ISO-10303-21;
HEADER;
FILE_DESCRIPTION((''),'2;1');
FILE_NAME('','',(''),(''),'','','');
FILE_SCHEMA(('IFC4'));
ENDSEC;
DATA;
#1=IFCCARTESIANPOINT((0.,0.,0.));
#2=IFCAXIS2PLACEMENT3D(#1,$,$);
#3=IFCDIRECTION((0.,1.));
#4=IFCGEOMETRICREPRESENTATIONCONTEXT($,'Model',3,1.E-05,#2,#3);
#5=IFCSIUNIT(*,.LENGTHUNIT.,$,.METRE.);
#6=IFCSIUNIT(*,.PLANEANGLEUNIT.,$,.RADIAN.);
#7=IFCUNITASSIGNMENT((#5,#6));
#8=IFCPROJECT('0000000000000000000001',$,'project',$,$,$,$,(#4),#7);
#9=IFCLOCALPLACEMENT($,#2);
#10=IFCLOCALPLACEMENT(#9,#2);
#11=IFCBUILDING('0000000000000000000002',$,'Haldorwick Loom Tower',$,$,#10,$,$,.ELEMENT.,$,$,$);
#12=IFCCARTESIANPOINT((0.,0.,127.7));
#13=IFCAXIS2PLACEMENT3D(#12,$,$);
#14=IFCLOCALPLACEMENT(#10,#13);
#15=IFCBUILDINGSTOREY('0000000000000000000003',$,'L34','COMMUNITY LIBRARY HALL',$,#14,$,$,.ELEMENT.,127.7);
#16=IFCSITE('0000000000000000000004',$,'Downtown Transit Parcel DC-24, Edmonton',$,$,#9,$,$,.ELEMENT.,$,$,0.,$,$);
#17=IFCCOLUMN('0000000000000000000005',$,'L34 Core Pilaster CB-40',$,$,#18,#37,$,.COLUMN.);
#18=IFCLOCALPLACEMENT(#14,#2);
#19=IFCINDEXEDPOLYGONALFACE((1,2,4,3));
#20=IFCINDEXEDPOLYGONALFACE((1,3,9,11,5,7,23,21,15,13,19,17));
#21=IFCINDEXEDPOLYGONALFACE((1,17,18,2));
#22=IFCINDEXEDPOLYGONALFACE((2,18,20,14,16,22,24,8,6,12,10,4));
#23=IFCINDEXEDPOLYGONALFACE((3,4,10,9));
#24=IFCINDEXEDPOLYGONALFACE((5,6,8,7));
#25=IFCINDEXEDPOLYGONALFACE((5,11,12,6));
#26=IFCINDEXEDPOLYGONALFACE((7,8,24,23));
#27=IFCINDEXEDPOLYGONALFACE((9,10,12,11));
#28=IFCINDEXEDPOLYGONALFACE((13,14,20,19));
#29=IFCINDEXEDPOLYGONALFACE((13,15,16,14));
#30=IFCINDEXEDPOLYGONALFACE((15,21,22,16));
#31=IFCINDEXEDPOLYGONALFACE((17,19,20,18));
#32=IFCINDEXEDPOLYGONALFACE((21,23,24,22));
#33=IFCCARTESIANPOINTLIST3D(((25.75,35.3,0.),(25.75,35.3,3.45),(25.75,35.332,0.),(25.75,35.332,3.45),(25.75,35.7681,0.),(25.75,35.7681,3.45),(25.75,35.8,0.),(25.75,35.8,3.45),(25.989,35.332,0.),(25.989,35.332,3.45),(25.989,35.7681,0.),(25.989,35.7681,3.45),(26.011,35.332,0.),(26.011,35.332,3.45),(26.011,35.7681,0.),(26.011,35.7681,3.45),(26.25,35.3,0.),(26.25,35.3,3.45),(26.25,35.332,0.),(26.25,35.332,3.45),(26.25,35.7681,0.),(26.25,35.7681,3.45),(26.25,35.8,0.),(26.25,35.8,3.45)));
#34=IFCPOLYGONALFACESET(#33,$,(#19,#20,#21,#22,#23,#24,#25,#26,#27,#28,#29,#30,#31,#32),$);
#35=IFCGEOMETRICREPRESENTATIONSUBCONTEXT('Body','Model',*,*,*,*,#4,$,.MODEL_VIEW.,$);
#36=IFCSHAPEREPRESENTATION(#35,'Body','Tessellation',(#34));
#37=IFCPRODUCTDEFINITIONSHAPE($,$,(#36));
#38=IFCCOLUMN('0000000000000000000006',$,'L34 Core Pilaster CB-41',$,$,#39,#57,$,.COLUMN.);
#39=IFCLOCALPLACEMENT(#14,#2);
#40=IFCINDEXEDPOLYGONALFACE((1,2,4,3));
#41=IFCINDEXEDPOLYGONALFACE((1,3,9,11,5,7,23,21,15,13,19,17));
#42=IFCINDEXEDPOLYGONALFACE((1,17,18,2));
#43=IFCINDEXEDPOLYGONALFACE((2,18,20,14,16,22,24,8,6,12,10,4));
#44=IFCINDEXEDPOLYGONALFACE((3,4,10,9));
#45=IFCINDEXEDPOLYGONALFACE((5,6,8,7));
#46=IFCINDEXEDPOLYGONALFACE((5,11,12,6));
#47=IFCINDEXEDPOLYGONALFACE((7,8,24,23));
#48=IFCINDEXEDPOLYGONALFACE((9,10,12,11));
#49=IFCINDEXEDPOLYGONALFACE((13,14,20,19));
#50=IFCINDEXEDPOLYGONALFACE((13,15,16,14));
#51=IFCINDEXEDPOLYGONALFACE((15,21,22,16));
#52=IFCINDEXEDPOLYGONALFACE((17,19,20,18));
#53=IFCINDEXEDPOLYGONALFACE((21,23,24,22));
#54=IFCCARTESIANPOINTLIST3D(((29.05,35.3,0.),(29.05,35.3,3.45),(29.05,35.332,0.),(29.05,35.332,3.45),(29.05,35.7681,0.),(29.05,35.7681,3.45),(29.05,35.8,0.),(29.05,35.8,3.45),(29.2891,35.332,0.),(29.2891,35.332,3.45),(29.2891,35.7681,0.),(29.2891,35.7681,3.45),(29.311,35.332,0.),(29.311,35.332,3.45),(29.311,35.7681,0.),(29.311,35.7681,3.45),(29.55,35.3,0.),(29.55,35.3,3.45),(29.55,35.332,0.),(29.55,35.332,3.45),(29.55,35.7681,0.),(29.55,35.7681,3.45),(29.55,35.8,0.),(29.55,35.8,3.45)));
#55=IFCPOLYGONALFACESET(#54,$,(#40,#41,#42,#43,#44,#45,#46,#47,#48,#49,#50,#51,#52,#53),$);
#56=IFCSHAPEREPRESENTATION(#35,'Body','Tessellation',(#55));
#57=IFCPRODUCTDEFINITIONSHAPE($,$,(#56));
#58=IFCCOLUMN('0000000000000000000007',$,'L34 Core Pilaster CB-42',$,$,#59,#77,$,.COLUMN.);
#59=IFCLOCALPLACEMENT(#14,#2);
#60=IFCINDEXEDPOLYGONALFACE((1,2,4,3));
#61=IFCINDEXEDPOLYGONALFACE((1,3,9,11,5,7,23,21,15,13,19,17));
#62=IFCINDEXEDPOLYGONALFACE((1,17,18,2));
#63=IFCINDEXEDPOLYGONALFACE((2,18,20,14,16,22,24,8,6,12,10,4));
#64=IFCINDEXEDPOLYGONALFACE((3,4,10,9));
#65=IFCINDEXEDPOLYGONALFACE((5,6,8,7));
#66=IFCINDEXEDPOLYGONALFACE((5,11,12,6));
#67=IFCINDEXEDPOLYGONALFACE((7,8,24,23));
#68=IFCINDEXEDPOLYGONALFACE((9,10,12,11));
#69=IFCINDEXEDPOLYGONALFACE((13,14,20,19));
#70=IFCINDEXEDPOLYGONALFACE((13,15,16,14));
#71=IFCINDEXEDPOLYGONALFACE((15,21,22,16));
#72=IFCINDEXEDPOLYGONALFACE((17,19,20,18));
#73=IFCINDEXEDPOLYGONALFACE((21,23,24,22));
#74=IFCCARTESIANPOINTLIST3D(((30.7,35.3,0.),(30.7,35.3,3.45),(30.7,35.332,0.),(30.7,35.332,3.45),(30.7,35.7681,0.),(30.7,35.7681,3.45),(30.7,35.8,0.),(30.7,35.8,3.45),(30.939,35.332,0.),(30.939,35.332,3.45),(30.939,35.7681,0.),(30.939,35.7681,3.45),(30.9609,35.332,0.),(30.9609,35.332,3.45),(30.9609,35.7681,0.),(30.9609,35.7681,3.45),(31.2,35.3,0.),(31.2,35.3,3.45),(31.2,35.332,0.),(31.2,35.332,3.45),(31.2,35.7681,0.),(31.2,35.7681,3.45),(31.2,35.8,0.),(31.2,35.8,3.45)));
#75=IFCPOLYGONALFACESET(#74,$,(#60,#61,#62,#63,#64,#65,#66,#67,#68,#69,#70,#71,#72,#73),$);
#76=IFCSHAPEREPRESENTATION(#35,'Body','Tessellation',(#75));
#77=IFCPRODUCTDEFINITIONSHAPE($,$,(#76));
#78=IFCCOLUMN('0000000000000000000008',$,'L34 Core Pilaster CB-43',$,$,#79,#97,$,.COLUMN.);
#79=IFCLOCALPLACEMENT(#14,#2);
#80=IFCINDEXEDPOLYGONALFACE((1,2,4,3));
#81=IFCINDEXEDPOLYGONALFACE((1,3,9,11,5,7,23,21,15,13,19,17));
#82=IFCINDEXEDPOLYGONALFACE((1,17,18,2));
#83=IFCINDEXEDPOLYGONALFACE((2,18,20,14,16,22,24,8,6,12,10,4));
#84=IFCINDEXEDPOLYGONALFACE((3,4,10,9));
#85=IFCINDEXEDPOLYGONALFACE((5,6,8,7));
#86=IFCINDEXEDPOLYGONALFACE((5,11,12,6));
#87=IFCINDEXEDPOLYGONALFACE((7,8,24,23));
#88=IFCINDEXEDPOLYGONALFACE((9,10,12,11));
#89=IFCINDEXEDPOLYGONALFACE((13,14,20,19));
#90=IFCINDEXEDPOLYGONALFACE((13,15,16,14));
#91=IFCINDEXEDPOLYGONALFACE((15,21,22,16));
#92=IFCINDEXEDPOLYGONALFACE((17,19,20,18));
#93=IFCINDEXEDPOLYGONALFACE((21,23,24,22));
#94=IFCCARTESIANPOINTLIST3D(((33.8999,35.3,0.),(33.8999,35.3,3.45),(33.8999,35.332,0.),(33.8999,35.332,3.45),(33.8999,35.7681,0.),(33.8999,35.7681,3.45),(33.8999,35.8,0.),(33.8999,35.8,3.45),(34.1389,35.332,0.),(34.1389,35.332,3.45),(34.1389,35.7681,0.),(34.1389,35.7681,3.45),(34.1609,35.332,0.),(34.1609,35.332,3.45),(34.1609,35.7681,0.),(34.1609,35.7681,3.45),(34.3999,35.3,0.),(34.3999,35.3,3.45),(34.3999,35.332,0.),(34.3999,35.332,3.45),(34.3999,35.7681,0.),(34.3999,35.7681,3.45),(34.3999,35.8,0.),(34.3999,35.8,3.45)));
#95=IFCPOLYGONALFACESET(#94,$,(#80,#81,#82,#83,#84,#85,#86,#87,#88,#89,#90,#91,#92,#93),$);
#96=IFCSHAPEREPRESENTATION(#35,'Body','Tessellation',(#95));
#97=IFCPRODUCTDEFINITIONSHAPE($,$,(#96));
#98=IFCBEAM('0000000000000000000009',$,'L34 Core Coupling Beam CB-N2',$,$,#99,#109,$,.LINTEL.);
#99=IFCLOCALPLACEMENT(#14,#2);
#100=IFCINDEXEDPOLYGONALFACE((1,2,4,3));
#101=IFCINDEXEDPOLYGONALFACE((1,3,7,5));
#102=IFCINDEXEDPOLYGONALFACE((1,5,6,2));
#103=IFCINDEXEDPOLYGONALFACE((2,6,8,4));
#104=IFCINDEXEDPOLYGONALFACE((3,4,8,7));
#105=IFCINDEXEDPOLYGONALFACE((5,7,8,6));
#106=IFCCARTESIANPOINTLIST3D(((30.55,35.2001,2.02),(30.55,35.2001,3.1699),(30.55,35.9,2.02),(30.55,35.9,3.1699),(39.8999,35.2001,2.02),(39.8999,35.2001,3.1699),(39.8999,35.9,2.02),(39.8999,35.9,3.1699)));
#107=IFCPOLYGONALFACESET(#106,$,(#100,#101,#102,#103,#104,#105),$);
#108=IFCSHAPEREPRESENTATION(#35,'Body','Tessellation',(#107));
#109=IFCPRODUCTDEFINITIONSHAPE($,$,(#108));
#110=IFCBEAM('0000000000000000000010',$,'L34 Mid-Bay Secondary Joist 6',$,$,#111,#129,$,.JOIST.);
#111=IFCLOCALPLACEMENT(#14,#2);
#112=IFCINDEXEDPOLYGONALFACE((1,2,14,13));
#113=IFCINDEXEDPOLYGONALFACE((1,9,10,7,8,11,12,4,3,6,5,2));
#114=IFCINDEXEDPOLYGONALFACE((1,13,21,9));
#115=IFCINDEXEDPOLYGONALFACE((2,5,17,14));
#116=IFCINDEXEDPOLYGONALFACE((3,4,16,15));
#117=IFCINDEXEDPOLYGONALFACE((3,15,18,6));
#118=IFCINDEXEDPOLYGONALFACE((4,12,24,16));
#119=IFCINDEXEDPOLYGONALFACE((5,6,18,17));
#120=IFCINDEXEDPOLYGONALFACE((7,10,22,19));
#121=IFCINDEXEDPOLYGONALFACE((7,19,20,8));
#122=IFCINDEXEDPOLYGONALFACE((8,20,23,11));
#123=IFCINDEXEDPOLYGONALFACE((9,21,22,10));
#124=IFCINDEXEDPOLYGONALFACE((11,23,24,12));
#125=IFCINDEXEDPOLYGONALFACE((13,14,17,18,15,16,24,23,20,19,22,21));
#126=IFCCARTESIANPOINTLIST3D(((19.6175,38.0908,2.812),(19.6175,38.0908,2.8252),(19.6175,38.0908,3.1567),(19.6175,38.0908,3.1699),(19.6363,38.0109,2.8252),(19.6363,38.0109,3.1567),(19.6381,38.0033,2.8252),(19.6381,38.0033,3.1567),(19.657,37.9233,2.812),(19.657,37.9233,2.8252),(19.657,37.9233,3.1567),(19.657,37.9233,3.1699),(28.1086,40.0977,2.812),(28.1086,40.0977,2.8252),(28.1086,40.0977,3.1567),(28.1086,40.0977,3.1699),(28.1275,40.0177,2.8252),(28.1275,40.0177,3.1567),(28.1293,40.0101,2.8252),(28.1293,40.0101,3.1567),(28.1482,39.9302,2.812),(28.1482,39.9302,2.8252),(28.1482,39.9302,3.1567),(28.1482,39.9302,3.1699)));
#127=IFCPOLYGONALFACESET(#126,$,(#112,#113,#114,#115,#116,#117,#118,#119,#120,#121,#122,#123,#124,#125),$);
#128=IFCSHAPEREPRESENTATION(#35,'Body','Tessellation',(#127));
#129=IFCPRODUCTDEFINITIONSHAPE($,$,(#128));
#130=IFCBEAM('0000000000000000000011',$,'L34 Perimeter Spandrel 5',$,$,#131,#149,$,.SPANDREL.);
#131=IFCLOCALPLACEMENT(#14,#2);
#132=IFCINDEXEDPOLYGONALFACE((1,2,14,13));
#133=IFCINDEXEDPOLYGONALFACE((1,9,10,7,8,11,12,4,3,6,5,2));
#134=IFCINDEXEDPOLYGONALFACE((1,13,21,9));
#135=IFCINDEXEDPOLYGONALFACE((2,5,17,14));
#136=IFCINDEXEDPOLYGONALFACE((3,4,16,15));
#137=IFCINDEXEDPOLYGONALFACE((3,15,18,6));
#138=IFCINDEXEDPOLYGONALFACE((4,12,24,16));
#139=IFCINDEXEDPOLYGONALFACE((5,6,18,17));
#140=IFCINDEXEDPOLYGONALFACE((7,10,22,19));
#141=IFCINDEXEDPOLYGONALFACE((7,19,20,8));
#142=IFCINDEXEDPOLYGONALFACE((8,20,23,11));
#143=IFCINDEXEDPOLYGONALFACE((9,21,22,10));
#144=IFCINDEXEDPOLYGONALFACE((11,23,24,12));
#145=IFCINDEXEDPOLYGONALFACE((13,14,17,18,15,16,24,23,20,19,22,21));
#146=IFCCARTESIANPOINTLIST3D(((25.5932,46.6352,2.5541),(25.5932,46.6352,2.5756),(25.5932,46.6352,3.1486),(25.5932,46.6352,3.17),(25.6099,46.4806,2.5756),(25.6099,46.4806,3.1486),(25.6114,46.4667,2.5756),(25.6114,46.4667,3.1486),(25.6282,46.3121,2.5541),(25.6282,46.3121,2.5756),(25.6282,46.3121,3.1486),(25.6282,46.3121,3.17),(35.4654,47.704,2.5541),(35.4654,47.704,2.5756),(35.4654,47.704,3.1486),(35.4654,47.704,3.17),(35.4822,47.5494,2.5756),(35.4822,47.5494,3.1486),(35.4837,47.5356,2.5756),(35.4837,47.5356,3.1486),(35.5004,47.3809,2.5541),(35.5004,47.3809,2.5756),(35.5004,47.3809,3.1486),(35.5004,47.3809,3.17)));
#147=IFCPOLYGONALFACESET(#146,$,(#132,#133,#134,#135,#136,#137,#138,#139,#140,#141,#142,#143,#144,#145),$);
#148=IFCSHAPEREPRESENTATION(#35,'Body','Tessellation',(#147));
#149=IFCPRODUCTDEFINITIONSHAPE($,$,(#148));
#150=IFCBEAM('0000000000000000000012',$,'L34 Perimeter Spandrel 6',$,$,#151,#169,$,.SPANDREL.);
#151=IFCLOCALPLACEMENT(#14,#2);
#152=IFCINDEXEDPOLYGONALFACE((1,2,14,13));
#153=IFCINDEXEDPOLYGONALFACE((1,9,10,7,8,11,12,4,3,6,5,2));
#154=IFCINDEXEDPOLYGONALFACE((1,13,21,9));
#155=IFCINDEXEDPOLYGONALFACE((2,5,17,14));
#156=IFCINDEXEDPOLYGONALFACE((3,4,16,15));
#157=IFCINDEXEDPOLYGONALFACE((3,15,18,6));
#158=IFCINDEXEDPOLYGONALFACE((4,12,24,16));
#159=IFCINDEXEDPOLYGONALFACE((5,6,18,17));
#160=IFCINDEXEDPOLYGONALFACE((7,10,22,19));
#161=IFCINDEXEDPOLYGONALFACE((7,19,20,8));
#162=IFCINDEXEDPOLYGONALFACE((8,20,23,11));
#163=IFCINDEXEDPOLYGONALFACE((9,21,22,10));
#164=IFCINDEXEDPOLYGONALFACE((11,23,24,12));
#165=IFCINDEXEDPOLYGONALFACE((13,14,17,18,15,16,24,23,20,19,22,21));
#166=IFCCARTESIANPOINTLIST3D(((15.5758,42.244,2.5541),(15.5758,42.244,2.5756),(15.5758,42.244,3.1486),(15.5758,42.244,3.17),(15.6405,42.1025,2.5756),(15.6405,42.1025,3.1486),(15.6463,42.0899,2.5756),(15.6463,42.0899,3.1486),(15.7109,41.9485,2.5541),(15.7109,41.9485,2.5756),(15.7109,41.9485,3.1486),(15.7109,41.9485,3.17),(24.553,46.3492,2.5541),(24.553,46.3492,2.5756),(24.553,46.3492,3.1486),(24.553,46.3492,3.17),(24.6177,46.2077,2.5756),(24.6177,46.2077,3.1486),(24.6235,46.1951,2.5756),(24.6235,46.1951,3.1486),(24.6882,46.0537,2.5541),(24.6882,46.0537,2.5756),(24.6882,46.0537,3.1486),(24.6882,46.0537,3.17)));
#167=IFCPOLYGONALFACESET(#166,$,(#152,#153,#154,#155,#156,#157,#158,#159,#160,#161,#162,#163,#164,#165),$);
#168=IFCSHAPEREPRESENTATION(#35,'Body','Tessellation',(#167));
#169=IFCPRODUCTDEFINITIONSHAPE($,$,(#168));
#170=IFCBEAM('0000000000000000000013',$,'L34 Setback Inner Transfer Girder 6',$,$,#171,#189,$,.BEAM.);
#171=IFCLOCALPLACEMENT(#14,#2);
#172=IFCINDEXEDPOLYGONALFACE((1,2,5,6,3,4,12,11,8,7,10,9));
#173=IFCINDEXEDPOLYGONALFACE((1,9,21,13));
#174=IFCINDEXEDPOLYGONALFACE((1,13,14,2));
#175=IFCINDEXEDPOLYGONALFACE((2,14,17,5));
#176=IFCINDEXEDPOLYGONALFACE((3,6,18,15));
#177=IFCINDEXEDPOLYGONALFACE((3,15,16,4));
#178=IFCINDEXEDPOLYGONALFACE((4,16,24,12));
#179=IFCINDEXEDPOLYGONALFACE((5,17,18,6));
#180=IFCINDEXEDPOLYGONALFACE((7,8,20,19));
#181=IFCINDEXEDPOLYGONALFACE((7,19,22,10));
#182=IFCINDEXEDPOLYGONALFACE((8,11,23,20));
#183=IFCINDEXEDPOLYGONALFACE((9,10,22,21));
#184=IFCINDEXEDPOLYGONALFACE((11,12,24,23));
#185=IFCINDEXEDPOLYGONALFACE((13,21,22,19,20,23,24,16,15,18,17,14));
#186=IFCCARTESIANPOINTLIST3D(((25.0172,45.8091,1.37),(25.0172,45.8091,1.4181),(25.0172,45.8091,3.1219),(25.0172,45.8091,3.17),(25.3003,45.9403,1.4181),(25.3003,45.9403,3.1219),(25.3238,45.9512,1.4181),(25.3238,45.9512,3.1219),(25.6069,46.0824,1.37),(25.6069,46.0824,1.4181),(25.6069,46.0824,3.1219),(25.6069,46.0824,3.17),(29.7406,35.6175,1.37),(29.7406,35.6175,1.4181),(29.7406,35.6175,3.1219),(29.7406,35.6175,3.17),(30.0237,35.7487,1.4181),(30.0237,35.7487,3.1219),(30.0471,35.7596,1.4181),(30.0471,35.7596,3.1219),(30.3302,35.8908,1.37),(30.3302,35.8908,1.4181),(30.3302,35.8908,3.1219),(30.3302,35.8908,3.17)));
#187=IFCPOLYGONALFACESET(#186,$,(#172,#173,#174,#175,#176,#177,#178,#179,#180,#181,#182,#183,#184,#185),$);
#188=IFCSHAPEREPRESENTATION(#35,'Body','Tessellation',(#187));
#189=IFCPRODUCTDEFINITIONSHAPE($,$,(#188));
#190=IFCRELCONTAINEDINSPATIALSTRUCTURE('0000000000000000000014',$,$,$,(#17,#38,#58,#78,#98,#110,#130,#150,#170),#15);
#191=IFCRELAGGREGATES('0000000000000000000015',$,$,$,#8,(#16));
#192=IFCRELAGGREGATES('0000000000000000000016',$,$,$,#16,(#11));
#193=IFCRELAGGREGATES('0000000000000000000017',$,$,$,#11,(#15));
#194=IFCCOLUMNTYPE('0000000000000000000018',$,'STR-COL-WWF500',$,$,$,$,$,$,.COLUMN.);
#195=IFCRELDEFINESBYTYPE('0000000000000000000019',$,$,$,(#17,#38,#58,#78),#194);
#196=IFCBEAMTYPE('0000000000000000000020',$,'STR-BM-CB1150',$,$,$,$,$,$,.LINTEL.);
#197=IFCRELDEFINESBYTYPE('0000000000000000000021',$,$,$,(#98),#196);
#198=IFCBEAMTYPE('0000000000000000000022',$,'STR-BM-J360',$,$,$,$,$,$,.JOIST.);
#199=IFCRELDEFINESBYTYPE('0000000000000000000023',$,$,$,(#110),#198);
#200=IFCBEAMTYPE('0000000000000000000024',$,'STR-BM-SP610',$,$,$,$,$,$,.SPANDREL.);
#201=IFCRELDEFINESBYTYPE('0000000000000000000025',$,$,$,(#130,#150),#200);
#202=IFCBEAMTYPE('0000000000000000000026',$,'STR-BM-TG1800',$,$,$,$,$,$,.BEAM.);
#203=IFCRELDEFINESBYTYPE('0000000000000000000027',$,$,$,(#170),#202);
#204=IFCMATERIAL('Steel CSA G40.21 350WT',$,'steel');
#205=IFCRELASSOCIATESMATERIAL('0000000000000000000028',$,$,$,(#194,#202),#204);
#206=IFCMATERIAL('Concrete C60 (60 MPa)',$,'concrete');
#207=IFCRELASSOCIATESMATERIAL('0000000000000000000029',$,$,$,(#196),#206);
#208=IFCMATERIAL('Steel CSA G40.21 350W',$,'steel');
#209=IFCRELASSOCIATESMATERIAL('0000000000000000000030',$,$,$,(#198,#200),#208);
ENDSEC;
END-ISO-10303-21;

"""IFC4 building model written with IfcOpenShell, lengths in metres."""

from ifc_helpers import new_model, si_unit, direction, frame, origin, origin_2d, place, context, subcontext, project, spatial, rectangle, i_section, extrude, material, material_profile, profile_set, type_object, element, save


model = new_model("IFC4")

# Units and contexts
model_context = context("Model", 3, precision=1e-05, world=origin(), true_north=direction((0.0, 1.0)))
body_context = subcontext(model_context, "Body", "Model", "MODEL_VIEW")
ifc_project = project(units=[si_unit("LENGTHUNIT", "METRE"), si_unit("PLANEANGLEUNIT", "RADIAN")], contexts=[model_context])

# Site, building, storey
site_placement = place(None, origin())
site = spatial("IfcSite", under=ifc_project, at=site_placement, Name="Downtown Transit Parcel DC-24, Edmonton", CompositionType="ELEMENT", RefElevation=0.0)
building_placement = place(site_placement, origin())
building = spatial("IfcBuilding", under=site, at=building_placement, Name="Haldorwick Loom Tower", CompositionType="ELEMENT")
storey_placement = place(building_placement, frame((0.0, 0.0, 127.7)))
storey = spatial("IfcBuildingStorey", under=building, at=storey_placement, Name="L34", Description="COMMUNITY LIBRARY HALL", CompositionType="ELEMENT", Elevation=127.7)

# Columns
ifc_material_1 = material(Name="Concrete C60 (60 MPa)", Category="concrete")
ifc_material_2 = material(Name="Steel CSA G40.21 350WT", Category="steel")
ifc_material_profile_1 = material_profile(ifc_material_2, i_section(OverallWidth=0.5, OverallDepth=0.5, WebThickness=0.022, FlangeThickness=0.032, at=origin_2d()), Name="WWF500X500", Category="steel")
ifc_profile_set_1 = profile_set([ifc_material_profile_1], Name="Steel CSA G40.21 350WT")
column_type_1 = type_object("IfcColumnType", Name="STR-COL-WWF500", PredefinedType="COLUMN", material=ifc_profile_set_1)
for number, where, z_axis, x_axis, name in (
    (1, (26.0, 35.55, 0.0), (0.0, 0.0, 1.0), (1.0, 0.0, 0.0), "L34 Core Pilaster CB-40"),
    (2, (29.3, 35.55, 0.0), (0.0, 0.0, 1.0), (1.0, 0.0, 0.0), "L34 Core Pilaster CB-41"),
    (3, (30.95, 35.55, 0.0), (0.0, 0.0, 1.0), (1.0, 0.0, 0.0), "L34 Core Pilaster CB-42"),
    (4, (34.1499, 35.55, 0.0), (0.0, 0.0, 1.0), (1.0, 0.0, 0.0), "L34 Core Pilaster CB-43"),
):
    element("IfcColumn", number, at=place(storey_placement, frame(where, z_axis=z_axis, x_axis=x_axis)), inside=storey, type_object=column_type_1, Name=name, PredefinedType="COLUMN", context=body_context, shape_type="SweptSolid", body=[
        extrude(i_section(OverallWidth=0.5, OverallDepth=0.5, WebThickness=0.022, FlangeThickness=0.032, at=origin_2d()), origin(), (0.0, 0.0, 1.0), 3.45),
    ])

# Beams
ifc_material_profile_2 = material_profile(ifc_material_1, rectangle(XDim=0.7, YDim=1.1499, at=origin_2d()), Name="RC700X1150", Category="concrete")
ifc_profile_set_2 = profile_set([ifc_material_profile_2], Name="Concrete C60 (60 MPa)")
beam_type_1 = type_object("IfcBeamType", Name="STR-BM-CB1150", PredefinedType="LINTEL", material=ifc_profile_set_2)
beam_1_placement = place(storey_placement, frame((30.55, 35.55, 2.595), z_axis=(1.0, 0.0, 0.0), x_axis=(0.0, 1.0, 0.0)))
element("IfcBeam", 5, at=beam_1_placement, inside=storey, type_object=beam_type_1, Name="L34 Core Coupling Beam CB-N2", PredefinedType="LINTEL", context=body_context, shape_type="SweptSolid", body=[
    extrude(rectangle(XDim=0.7, YDim=1.1499, at=origin_2d()), origin(), (0.0, 0.0, 1.0), 9.3499),
])
ifc_material_3 = material(Name="Steel CSA G40.21 350W", Category="steel")
ifc_material_profile_3 = material_profile(ifc_material_3, i_section(OverallWidth=0.1721, OverallDepth=0.3579, WebThickness=0.0078, FlangeThickness=0.0132, at=origin_2d()), Name="W360X57", Category="steel")
ifc_profile_set_3 = profile_set([ifc_material_profile_3], Name="Steel CSA G40.21 350W")
beam_type_2 = type_object("IfcBeamType", Name="STR-BM-J360", PredefinedType="JOIST", material=ifc_profile_set_3)
beam_2_placement = place(storey_placement, frame((28.1284, 40.0139, 2.991), z_axis=(-0.973189, -0.230006, 0.0), x_axis=(0.230006, -0.973189, 0.0)))
element("IfcBeam", 6, at=beam_2_placement, inside=storey, type_object=beam_type_2, Name="L34 Mid-Bay Secondary Joist 6", PredefinedType="JOIST", context=body_context, shape_type="SweptSolid", body=[
    extrude(i_section(OverallWidth=0.1721, OverallDepth=0.3579, WebThickness=0.0078, FlangeThickness=0.0132, at=origin_2d()), origin(), (0.0, 0.0, 1.0), 8.7251),
])
ifc_material_profile_4 = material_profile(ifc_material_3, i_section(OverallWidth=0.325, OverallDepth=0.616, WebThickness=0.0139, FlangeThickness=0.0215, at=origin_2d()), Name="W610X174", Category="steel")
ifc_profile_set_4 = profile_set([ifc_material_profile_4], Name="Steel CSA G40.21 350W")
beam_type_3 = type_object("IfcBeamType", Name="STR-BM-SP610", PredefinedType="SPANDREL", material=ifc_profile_set_4)
beam_3_placement = place(storey_placement, frame((35.4829, 47.5425, 2.8621), z_axis=(-0.99419, -0.107638, 0.0), x_axis=(0.107638, -0.99419, 0.0)))
element("IfcBeam", 7, at=beam_3_placement, inside=storey, type_object=beam_type_3, Name="L34 Perimeter Spandrel 5", PredefinedType="SPANDREL", context=body_context, shape_type="SweptSolid", body=[
    extrude(i_section(OverallWidth=0.325, OverallDepth=0.616, WebThickness=0.0139, FlangeThickness=0.0215, at=origin_2d()), origin(), (0.0, 0.0, 1.0), 9.9299),
])
beam_4_placement = place(storey_placement, frame((24.6206, 46.2014, 2.8621), z_axis=(-0.909424, -0.41587, 0.0), x_axis=(0.41587, -0.909424, 0.0)))
element("IfcBeam", 8, at=beam_4_placement, inside=storey, type_object=beam_type_3, Name="L34 Perimeter Spandrel 6", PredefinedType="SPANDREL", context=body_context, shape_type="SweptSolid", body=[
    extrude(i_section(OverallWidth=0.325, OverallDepth=0.616, WebThickness=0.0139, FlangeThickness=0.0215, at=origin_2d()), origin(), (0.0, 0.0, 1.0), 9.8713),
])
ifc_material_profile_5 = material_profile(ifc_material_2, i_section(OverallWidth=0.6499, OverallDepth=1.8, WebThickness=0.0259, FlangeThickness=0.0481, at=origin_2d()), Name="WWF1800X650", Category="steel")
ifc_profile_set_5 = profile_set([ifc_material_profile_5], Name="Steel CSA G40.21 350WT")
beam_type_4 = type_object("IfcBeamType", Name="STR-BM-TG1800", PredefinedType="BEAM", material=ifc_profile_set_5)
beam_5_placement = place(storey_placement, frame((30.0354, 35.7542, 2.27), z_axis=(-0.420492, 0.907296, 0.0), x_axis=(-0.907296, -0.420492, 0.0)))
element("IfcBeam", 9, at=beam_5_placement, inside=storey, type_object=beam_type_4, Name="L34 Setback Inner Transfer Girder 6", PredefinedType="BEAM", context=body_context, shape_type="SweptSolid", body=[
    extrude(i_section(OverallWidth=0.6499, OverallDepth=1.8, WebThickness=0.0259, FlangeThickness=0.0481, at=origin_2d()), origin(), (0.0, 0.0, 1.0), 11.2329),
])

save(model, "model.ifc")
